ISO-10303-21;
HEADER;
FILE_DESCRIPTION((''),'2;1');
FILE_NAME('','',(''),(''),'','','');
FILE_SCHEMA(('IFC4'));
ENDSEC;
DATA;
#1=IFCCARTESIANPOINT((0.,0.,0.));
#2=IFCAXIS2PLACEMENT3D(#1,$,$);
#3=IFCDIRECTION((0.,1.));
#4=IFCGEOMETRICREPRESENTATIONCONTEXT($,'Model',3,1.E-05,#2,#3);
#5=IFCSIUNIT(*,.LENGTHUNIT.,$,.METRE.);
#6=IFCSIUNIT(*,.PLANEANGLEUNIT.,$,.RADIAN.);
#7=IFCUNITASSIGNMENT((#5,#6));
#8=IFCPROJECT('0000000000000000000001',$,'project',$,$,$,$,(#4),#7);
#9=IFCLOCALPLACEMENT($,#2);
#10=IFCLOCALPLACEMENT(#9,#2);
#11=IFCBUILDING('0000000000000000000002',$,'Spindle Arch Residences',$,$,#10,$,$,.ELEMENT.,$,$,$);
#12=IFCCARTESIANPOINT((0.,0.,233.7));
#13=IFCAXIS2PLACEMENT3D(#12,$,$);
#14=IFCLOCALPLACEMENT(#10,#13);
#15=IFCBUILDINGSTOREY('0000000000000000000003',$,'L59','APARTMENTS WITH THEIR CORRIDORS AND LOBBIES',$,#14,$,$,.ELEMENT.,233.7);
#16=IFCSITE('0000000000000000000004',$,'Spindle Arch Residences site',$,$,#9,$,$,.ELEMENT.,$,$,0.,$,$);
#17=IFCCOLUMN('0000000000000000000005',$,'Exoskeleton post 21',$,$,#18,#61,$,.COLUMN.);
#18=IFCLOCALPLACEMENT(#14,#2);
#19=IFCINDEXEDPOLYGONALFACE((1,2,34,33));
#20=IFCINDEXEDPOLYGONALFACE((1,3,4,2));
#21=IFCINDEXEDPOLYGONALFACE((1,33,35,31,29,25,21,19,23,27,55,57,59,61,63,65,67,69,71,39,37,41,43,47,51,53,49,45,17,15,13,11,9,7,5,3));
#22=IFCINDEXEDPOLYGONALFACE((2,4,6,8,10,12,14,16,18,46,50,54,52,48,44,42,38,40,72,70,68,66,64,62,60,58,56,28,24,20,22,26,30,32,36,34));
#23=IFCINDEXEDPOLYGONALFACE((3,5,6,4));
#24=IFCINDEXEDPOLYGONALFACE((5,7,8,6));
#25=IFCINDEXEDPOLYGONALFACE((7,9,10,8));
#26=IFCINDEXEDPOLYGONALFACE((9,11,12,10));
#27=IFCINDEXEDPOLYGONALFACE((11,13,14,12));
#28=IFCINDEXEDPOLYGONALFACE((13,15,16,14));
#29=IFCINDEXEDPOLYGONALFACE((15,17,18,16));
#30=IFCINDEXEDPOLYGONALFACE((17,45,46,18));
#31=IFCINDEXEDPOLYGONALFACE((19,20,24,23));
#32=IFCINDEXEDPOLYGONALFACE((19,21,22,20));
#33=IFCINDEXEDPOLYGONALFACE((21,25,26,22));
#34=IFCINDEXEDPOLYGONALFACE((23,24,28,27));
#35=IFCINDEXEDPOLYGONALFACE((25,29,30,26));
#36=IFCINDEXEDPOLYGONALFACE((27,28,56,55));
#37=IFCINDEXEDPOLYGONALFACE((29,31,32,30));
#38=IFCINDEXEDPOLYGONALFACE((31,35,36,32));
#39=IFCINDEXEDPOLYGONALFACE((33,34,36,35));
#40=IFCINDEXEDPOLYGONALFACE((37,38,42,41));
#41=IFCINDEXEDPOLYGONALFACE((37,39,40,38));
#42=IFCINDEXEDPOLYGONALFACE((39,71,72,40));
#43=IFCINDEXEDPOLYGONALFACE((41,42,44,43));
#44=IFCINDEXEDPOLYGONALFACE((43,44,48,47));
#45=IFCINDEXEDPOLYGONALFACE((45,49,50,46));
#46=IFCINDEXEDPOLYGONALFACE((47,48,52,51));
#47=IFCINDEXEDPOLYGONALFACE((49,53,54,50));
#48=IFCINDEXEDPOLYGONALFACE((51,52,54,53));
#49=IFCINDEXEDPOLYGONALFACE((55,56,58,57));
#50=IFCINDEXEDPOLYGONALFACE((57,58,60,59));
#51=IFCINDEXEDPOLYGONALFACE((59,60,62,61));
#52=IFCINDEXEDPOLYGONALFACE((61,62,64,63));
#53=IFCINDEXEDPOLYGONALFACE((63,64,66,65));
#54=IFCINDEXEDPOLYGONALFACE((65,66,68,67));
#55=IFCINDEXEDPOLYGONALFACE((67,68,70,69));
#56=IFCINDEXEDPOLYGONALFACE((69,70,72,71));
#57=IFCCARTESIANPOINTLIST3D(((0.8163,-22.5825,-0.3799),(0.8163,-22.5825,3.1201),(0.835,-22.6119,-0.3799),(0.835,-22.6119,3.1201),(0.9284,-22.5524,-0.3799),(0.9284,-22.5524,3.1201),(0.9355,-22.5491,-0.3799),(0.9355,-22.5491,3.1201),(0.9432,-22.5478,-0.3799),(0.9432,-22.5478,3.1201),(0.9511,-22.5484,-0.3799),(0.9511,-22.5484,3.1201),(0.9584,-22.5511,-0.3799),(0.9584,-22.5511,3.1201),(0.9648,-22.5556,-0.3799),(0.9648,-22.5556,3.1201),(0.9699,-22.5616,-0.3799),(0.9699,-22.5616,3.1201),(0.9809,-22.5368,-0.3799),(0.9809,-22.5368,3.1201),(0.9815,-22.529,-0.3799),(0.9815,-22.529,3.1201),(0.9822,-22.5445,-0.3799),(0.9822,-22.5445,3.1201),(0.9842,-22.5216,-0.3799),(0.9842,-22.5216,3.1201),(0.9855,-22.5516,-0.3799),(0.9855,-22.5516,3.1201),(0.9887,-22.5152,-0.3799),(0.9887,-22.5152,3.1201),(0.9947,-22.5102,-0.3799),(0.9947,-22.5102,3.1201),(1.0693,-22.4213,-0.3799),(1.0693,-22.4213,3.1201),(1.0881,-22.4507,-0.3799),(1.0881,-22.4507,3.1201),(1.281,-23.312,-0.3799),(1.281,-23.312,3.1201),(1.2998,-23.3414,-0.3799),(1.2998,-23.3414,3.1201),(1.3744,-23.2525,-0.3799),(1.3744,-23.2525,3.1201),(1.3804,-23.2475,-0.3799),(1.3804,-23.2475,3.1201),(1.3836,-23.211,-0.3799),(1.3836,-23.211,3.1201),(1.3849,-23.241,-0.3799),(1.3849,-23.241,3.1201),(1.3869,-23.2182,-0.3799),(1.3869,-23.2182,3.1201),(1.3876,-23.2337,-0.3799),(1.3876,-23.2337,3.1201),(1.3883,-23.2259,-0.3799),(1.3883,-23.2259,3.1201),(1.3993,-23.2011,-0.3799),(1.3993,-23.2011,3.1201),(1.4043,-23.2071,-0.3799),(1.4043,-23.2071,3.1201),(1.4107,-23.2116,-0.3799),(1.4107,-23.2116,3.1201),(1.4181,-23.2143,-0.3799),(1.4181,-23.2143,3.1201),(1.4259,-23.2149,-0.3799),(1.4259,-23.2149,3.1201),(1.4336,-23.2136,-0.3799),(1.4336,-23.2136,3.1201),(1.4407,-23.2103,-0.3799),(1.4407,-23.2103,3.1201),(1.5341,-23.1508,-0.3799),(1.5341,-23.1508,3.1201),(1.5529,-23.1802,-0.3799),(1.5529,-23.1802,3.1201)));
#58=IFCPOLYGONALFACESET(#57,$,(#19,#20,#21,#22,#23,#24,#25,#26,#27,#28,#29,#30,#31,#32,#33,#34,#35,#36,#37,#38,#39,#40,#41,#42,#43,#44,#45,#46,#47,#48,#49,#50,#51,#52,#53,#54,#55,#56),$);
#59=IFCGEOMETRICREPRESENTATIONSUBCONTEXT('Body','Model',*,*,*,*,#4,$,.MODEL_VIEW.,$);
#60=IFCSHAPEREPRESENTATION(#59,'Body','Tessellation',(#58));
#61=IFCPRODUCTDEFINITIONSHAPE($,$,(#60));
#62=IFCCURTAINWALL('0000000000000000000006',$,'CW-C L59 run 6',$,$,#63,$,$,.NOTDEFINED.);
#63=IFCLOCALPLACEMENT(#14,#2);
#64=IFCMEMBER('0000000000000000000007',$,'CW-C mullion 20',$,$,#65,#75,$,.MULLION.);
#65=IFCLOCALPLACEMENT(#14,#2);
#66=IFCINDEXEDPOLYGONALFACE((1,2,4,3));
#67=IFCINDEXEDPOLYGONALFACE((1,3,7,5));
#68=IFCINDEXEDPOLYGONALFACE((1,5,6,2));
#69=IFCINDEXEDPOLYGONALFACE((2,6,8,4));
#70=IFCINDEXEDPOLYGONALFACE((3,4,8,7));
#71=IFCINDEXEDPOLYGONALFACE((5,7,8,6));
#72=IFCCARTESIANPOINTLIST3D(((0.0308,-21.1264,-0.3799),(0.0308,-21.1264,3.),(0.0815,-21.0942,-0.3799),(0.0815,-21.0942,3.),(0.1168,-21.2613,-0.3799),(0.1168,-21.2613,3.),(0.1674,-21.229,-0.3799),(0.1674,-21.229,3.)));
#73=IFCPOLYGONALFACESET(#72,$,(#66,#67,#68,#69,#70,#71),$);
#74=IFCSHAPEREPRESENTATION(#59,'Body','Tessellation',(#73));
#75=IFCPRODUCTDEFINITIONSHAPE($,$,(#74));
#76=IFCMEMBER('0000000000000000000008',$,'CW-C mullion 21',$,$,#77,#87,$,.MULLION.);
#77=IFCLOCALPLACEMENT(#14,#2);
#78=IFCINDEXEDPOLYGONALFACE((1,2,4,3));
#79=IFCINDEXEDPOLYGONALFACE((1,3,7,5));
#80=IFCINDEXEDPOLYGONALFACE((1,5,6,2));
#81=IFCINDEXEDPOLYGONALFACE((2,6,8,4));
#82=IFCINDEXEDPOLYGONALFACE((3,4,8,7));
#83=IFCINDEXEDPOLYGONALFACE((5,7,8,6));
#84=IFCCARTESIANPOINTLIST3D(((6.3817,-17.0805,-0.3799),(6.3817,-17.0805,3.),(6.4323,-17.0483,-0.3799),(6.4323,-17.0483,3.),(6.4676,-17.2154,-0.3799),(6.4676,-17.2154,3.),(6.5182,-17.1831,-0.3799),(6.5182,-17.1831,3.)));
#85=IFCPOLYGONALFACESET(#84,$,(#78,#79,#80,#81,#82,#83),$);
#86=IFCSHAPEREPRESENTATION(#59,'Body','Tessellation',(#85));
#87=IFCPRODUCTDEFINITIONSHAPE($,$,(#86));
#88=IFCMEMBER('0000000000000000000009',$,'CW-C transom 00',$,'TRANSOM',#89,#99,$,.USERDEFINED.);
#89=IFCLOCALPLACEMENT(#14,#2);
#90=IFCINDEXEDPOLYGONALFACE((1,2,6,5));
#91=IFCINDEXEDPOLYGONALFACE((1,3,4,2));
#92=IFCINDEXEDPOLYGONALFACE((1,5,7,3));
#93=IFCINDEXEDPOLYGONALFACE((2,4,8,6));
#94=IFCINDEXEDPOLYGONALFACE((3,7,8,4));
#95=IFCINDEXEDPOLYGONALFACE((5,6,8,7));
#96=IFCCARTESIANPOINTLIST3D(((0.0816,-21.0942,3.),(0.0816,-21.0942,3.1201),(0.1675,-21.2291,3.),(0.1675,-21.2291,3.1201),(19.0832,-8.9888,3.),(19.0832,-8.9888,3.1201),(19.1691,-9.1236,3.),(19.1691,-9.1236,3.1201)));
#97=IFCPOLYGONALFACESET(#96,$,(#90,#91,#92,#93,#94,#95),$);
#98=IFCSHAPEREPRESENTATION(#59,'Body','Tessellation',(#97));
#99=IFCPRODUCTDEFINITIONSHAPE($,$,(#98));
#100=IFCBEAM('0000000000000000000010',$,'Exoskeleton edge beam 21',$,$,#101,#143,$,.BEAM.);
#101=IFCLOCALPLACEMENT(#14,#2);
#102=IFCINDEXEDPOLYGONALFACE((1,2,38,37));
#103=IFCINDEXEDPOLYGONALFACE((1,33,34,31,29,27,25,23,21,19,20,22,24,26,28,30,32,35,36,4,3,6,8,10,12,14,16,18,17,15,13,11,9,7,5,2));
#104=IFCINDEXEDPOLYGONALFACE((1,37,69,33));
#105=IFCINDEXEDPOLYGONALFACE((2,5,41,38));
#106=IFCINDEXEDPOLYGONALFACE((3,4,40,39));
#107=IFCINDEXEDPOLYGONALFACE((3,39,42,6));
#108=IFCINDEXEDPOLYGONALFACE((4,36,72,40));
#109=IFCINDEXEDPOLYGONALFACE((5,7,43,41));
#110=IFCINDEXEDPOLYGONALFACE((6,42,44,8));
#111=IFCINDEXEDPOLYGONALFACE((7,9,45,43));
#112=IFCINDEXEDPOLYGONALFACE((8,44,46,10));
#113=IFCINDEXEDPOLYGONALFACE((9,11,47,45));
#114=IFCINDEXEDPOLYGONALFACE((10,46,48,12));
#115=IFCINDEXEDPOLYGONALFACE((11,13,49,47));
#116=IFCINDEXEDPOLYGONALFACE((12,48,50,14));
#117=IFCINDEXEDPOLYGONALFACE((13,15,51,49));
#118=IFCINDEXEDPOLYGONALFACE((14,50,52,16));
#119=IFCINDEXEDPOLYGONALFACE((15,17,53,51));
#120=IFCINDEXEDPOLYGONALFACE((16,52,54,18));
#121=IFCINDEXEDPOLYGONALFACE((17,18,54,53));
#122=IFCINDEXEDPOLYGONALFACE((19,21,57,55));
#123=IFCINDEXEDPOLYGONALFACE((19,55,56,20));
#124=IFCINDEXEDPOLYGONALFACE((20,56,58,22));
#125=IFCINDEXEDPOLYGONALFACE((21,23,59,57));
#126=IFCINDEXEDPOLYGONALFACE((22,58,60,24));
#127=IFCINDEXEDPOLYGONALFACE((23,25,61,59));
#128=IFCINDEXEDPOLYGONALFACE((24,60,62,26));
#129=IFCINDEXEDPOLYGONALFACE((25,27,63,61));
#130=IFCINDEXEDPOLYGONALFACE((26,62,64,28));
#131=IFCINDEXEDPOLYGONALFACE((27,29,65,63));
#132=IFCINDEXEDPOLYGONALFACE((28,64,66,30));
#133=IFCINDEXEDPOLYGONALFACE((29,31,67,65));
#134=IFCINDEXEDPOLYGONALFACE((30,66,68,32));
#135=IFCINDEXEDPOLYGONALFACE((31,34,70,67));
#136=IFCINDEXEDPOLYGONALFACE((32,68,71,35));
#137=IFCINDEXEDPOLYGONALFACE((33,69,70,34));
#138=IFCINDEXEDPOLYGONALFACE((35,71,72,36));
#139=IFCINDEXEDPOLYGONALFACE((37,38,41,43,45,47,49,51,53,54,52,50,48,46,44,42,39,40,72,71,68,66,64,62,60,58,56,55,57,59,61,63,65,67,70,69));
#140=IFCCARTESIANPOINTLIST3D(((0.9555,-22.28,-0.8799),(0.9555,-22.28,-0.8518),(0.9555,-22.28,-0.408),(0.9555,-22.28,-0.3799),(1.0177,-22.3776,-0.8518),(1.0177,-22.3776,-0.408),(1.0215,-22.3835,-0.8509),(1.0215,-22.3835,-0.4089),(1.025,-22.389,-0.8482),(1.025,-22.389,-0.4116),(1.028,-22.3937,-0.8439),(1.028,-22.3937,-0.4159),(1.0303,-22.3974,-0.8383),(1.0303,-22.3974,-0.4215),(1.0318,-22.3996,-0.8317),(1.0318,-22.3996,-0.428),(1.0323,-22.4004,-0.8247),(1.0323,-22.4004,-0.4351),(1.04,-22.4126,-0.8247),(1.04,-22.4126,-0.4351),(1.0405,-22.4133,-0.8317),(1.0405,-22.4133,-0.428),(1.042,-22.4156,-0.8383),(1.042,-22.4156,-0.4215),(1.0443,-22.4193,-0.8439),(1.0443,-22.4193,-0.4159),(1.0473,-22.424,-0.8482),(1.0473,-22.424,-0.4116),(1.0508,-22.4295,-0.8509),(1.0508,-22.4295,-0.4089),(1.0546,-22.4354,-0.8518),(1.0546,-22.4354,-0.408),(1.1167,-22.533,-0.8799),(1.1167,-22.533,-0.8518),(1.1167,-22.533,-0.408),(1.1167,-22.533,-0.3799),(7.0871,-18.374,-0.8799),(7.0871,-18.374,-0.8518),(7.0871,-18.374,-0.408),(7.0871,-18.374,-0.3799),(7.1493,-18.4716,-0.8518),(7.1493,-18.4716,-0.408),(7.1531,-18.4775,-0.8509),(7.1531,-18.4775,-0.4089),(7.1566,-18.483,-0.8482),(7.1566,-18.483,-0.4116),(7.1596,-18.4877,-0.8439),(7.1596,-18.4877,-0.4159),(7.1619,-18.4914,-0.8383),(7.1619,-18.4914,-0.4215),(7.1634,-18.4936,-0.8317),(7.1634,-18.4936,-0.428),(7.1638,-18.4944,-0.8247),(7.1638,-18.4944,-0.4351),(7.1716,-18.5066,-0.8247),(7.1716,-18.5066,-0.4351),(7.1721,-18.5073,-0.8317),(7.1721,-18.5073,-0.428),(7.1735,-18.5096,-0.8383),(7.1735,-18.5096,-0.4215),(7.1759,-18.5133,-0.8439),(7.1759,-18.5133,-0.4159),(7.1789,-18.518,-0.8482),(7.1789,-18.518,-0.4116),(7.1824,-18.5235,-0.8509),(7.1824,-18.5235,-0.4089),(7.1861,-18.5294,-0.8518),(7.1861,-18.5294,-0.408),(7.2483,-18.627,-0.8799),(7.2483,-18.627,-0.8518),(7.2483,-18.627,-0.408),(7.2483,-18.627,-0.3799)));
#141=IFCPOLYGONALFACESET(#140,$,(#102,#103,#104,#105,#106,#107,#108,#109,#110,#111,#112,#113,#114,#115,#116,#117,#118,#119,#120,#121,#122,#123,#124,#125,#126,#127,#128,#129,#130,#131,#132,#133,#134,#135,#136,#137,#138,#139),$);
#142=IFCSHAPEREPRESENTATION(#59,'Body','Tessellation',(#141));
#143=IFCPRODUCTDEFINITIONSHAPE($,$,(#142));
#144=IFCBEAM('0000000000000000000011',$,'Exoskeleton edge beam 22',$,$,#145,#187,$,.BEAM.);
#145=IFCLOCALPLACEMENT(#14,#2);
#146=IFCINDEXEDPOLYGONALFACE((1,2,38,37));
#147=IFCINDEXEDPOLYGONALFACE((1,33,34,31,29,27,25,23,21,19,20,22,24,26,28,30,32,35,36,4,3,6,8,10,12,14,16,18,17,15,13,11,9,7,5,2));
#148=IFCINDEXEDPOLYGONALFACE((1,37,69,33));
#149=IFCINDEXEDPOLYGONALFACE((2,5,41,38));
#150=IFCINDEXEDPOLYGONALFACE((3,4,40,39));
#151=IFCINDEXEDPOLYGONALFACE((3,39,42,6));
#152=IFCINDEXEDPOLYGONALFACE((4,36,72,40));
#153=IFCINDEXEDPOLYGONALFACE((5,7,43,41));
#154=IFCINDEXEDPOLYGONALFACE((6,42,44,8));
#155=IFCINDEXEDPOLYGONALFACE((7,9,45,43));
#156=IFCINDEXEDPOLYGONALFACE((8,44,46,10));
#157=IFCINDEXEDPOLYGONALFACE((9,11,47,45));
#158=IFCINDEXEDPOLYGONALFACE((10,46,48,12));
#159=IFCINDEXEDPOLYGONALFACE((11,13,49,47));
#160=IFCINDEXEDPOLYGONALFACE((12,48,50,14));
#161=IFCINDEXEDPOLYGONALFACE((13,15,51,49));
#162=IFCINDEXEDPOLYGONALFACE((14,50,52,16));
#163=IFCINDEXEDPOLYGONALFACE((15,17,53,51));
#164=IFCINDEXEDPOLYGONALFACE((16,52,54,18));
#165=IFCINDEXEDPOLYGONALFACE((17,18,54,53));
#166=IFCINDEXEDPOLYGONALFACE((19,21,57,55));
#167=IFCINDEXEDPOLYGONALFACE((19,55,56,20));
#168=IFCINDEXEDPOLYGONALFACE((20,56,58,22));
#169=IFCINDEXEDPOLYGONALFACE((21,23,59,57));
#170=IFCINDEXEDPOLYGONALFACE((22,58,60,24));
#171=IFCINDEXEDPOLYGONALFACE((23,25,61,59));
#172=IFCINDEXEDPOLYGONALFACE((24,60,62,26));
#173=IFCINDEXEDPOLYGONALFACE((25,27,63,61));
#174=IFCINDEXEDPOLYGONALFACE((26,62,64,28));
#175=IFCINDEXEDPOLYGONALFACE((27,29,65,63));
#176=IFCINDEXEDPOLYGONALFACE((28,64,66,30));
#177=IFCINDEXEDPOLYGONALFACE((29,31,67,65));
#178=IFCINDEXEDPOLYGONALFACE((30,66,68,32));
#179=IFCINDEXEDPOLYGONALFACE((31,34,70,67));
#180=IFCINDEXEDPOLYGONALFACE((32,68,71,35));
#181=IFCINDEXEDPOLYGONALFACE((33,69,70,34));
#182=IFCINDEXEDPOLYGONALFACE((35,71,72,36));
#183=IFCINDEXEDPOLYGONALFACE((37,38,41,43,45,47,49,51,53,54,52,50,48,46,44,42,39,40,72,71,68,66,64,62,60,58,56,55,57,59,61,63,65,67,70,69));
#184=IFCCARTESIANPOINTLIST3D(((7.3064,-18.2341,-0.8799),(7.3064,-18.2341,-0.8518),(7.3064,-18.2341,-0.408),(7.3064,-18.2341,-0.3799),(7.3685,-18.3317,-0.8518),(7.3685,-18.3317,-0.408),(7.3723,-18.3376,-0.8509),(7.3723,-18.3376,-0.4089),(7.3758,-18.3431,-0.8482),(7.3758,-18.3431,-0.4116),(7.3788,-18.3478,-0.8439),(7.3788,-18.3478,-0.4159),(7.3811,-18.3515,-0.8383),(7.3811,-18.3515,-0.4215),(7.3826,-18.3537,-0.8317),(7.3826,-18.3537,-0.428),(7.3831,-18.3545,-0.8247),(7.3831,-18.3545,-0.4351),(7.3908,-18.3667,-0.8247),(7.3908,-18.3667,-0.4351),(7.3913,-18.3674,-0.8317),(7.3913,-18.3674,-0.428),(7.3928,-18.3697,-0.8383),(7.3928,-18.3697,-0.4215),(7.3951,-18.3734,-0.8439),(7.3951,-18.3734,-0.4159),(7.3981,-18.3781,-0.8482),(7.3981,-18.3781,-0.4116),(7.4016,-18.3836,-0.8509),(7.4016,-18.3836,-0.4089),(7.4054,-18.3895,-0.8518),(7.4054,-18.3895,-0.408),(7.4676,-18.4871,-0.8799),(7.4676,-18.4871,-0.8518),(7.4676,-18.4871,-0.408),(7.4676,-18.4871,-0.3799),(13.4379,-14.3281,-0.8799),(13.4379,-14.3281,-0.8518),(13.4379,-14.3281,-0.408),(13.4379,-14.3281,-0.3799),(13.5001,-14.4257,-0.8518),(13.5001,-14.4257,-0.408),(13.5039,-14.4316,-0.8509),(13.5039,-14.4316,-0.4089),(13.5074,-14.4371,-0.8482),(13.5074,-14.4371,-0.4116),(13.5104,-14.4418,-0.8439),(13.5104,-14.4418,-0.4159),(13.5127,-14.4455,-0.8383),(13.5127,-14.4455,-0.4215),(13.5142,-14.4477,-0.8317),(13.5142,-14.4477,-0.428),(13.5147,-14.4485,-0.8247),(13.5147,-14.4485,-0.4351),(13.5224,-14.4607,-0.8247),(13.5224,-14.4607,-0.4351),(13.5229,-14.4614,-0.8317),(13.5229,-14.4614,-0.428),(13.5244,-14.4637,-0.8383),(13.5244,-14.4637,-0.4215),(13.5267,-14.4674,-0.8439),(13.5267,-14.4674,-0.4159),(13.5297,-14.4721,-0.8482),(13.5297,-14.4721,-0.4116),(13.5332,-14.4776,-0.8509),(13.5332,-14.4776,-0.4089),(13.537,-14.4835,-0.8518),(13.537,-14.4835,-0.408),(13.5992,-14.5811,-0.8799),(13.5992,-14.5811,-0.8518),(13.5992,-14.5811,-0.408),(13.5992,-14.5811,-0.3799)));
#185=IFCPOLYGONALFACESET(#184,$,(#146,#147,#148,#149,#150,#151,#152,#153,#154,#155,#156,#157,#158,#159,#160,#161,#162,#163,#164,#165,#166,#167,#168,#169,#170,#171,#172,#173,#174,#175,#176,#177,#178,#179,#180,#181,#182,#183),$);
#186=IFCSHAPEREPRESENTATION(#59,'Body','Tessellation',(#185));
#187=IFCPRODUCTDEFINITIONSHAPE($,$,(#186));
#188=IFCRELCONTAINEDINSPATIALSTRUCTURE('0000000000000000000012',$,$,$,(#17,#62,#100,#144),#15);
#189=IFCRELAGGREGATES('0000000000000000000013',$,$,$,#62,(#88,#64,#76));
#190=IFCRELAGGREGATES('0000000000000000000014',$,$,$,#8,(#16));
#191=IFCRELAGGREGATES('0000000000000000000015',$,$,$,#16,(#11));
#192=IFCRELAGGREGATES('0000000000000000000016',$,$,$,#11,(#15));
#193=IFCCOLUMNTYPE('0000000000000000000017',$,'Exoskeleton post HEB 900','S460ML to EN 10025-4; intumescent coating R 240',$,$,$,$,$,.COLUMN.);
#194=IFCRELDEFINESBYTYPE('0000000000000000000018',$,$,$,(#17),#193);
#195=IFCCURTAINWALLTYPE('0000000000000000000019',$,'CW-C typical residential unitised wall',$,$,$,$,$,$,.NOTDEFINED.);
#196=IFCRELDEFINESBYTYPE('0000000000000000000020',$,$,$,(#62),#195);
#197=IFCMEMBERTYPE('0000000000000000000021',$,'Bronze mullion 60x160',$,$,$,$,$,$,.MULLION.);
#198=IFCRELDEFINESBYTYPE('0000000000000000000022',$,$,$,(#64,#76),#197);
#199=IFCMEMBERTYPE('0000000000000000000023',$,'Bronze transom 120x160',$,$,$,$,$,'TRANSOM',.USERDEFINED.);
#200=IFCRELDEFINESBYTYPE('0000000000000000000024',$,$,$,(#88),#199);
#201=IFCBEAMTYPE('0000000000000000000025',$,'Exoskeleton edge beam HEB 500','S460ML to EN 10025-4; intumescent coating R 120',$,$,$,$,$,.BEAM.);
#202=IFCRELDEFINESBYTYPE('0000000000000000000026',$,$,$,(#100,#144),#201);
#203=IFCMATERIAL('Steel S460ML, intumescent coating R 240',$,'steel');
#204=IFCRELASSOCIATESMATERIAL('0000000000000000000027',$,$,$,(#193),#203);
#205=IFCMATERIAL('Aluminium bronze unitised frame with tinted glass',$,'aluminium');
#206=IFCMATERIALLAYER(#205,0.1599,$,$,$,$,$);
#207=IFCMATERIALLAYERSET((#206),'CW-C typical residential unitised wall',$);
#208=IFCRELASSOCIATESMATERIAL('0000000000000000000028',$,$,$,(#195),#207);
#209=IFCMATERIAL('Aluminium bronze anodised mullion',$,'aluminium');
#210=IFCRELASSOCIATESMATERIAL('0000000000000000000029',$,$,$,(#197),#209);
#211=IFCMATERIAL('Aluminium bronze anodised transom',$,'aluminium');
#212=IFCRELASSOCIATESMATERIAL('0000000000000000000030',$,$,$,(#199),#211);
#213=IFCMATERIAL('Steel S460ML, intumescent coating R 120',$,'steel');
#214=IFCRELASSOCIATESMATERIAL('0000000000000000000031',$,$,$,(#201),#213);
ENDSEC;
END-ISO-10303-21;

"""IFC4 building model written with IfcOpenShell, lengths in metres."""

from ifc_helpers import new_model, si_unit, direction, frame, origin, origin_2d, place, context, subcontext, project, spatial, rectangle, i_section, extrude, material, layer, layer_set, material_profile, profile_set, type_object, element, aggregate, save


model = new_model("IFC4")

# Units and contexts
model_context = context("Model", 3, precision=1e-05, world=origin(), true_north=direction((0.0, 1.0)))
body_context = subcontext(model_context, "Body", "Model", "MODEL_VIEW")
ifc_project = project(units=[si_unit("LENGTHUNIT", "METRE"), si_unit("PLANEANGLEUNIT", "RADIAN")], contexts=[model_context])

# Site, building, storey
site_placement = place(None, origin())
site = spatial("IfcSite", under=ifc_project, at=site_placement, Name="Spindle Arch Residences site", CompositionType="ELEMENT", RefElevation=0.0)
building_placement = place(site_placement, origin())
building = spatial("IfcBuilding", under=site, at=building_placement, Name="Spindle Arch Residences", CompositionType="ELEMENT")
storey_placement = place(building_placement, frame((0.0, 0.0, 233.7)))
storey = spatial("IfcBuildingStorey", under=building, at=storey_placement, Name="L59", Description="APARTMENTS WITH THEIR CORRIDORS AND LOBBIES", CompositionType="ELEMENT", Elevation=233.7)

# Column
ifc_material_1 = material(Name="Steel S460ML, intumescent coating R 240", Category="steel")
ifc_material_profile_1 = material_profile(ifc_material_1, i_section(OverallWidth=0.3, OverallDepth=0.8999, WebThickness=0.0186, FlangeThickness=0.0349, FilletRadius=0.03, at=origin_2d()), Name="HEB 900")
ifc_profile_set_1 = profile_set([ifc_material_profile_1], Name="Steel S460ML, intumescent coating R 240")
column_type = type_object("IfcColumnType", Name="Exoskeleton post HEB 900", Description="S460ML to EN 10025-4; intumescent coating R 240", PredefinedType="COLUMN", material=ifc_profile_set_1)
column_placement = place(storey_placement, frame((1.1846, -22.8813, -0.3799), z_axis=(0.0, 0.0, 1.0), x_axis=(-0.843391, -0.5373, 0.0)))
element("IfcColumn", 1, at=column_placement, inside=storey, type_object=column_type, Name="Exoskeleton post 21", PredefinedType="COLUMN", context=body_context, shape_type="SweptSolid", body=[
    extrude(i_section(OverallWidth=0.3, OverallDepth=0.8999, WebThickness=0.0186, FlangeThickness=0.0349, FilletRadius=0.03, at=origin_2d()), origin(), (0.0, 0.0, 1.0), 3.5),
])

# Curtain wall, members
ifc_material_2 = material(Name="Aluminium bronze unitised frame with tinted glass", Category="aluminium")
ifc_layer_1 = layer(ifc_material_2, 0.1599)
ifc_layer_set_1 = layer_set([ifc_layer_1], Name="CW-C typical residential unitised wall")
curtain_wall_type = type_object("IfcCurtainWallType", Name="CW-C typical residential unitised wall", PredefinedType="NOTDEFINED", material=ifc_layer_set_1)
curtain_wall_placement = place(storey_placement, origin())
curtain_wall = element("IfcCurtainWall", 2, at=curtain_wall_placement, inside=storey, type_object=curtain_wall_type, Name="CW-C L59 run 6", PredefinedType="NOTDEFINED")
ifc_material_3 = material(Name="Aluminium bronze anodised mullion", Category="aluminium")
ifc_material_profile_2 = material_profile(ifc_material_3, rectangle(XDim=0.1599, YDim=0.0601, at=origin_2d()), Name="MU 60x160")
ifc_profile_set_2 = profile_set([ifc_material_profile_2], Name="Aluminium bronze anodised mullion")
member_type_1 = type_object("IfcMemberType", Name="Bronze mullion 60x160", PredefinedType="MULLION", material=ifc_profile_set_2)
member_1_placement = place(storey_placement, frame((0.0991, -21.1777, -0.3799), z_axis=(0.0, 0.0, 1.0), x_axis=(-0.5373, 0.843391, 0.0)))
member_1 = element("IfcMember", 3, at=member_1_placement, type_object=member_type_1, Name="CW-C mullion 20", PredefinedType="MULLION", context=body_context, shape_type="SweptSolid", body=[
    extrude(rectangle(XDim=0.1599, YDim=0.0601, at=origin_2d()), origin(), (0.0, 0.0, 1.0), 3.3799),
])
member_2_placement = place(storey_placement, frame((6.45, -17.1318, -0.3799), z_axis=(0.0, 0.0, 1.0), x_axis=(-0.5373, 0.843391, 0.0)))
member_2 = element("IfcMember", 4, at=member_2_placement, type_object=member_type_1, Name="CW-C mullion 21", PredefinedType="MULLION", context=body_context, shape_type="SweptSolid", body=[
    extrude(rectangle(XDim=0.1599, YDim=0.0601, at=origin_2d()), origin(), (0.0, 0.0, 1.0), 3.3799),
])
ifc_material_4 = material(Name="Aluminium bronze anodised transom", Category="aluminium")
ifc_material_profile_3 = material_profile(ifc_material_4, rectangle(XDim=0.1599, YDim=0.1201, at=origin_2d()), Name="TR 120x160")
ifc_profile_set_3 = profile_set([ifc_material_profile_3], Name="Aluminium bronze anodised transom")
member_type_2 = type_object("IfcMemberType", Name="Bronze transom 120x160", ElementType="TRANSOM", PredefinedType="USERDEFINED", material=ifc_profile_set_3)
member_3_placement = place(storey_placement, frame((0.1245, -21.1616, 3.0601), z_axis=(0.843391, 0.537301, 0.0), x_axis=(-0.537301, 0.843391, 0.0)))
member_3 = element("IfcMember", 5, at=member_3_placement, type_object=member_type_2, Name="CW-C transom 00", ObjectType="TRANSOM", PredefinedType="USERDEFINED", context=body_context, shape_type="SweptSolid", body=[
    extrude(rectangle(XDim=0.1599, YDim=0.1201, at=origin_2d()), origin(), (0.0, 0.0, 1.0), 22.53),
])

# Beams
ifc_material_5 = material(Name="Steel S460ML, intumescent coating R 120", Category="steel")
ifc_material_profile_4 = material_profile(ifc_material_5, i_section(OverallWidth=0.3, OverallDepth=0.5, WebThickness=0.0144, FlangeThickness=0.0281, FilletRadius=0.0271, at=origin_2d()), Name="HEB 500")
ifc_profile_set_4 = profile_set([ifc_material_profile_4], Name="Steel S460ML, intumescent coating R 120")
beam_type_1 = type_object("IfcBeamType", Name="Exoskeleton edge beam HEB 500", Description="S460ML to EN 10025-4; intumescent coating R 120", PredefinedType="BEAM", material=ifc_profile_set_4)
for number, where, z_axis, x_axis, name in (
    (6, (1.0361, -22.4065, -0.6299), (0.843407, 0.537275, 0.0), (-0.537275, 0.843407, 0.0), "Exoskeleton edge beam 21"),
    (7, (7.387, -18.3606, -0.6299), (0.843407, 0.537275, 0.0), (-0.537275, 0.843407, 0.0), "Exoskeleton edge beam 22"),
):
    element("IfcBeam", number, at=place(storey_placement, frame(where, z_axis=z_axis, x_axis=x_axis)), inside=storey, type_object=beam_type_1, Name=name, PredefinedType="BEAM", context=body_context, shape_type="SweptSolid", body=[
        extrude(i_section(OverallWidth=0.3, OverallDepth=0.5, WebThickness=0.0144, FlangeThickness=0.0281, FilletRadius=0.0271, at=origin_2d()), origin(), (0.0, 0.0, 1.0), 7.27),
    ])

aggregate(curtain_wall, [member_3, member_1, member_2])

save(model, "model.ifc")
